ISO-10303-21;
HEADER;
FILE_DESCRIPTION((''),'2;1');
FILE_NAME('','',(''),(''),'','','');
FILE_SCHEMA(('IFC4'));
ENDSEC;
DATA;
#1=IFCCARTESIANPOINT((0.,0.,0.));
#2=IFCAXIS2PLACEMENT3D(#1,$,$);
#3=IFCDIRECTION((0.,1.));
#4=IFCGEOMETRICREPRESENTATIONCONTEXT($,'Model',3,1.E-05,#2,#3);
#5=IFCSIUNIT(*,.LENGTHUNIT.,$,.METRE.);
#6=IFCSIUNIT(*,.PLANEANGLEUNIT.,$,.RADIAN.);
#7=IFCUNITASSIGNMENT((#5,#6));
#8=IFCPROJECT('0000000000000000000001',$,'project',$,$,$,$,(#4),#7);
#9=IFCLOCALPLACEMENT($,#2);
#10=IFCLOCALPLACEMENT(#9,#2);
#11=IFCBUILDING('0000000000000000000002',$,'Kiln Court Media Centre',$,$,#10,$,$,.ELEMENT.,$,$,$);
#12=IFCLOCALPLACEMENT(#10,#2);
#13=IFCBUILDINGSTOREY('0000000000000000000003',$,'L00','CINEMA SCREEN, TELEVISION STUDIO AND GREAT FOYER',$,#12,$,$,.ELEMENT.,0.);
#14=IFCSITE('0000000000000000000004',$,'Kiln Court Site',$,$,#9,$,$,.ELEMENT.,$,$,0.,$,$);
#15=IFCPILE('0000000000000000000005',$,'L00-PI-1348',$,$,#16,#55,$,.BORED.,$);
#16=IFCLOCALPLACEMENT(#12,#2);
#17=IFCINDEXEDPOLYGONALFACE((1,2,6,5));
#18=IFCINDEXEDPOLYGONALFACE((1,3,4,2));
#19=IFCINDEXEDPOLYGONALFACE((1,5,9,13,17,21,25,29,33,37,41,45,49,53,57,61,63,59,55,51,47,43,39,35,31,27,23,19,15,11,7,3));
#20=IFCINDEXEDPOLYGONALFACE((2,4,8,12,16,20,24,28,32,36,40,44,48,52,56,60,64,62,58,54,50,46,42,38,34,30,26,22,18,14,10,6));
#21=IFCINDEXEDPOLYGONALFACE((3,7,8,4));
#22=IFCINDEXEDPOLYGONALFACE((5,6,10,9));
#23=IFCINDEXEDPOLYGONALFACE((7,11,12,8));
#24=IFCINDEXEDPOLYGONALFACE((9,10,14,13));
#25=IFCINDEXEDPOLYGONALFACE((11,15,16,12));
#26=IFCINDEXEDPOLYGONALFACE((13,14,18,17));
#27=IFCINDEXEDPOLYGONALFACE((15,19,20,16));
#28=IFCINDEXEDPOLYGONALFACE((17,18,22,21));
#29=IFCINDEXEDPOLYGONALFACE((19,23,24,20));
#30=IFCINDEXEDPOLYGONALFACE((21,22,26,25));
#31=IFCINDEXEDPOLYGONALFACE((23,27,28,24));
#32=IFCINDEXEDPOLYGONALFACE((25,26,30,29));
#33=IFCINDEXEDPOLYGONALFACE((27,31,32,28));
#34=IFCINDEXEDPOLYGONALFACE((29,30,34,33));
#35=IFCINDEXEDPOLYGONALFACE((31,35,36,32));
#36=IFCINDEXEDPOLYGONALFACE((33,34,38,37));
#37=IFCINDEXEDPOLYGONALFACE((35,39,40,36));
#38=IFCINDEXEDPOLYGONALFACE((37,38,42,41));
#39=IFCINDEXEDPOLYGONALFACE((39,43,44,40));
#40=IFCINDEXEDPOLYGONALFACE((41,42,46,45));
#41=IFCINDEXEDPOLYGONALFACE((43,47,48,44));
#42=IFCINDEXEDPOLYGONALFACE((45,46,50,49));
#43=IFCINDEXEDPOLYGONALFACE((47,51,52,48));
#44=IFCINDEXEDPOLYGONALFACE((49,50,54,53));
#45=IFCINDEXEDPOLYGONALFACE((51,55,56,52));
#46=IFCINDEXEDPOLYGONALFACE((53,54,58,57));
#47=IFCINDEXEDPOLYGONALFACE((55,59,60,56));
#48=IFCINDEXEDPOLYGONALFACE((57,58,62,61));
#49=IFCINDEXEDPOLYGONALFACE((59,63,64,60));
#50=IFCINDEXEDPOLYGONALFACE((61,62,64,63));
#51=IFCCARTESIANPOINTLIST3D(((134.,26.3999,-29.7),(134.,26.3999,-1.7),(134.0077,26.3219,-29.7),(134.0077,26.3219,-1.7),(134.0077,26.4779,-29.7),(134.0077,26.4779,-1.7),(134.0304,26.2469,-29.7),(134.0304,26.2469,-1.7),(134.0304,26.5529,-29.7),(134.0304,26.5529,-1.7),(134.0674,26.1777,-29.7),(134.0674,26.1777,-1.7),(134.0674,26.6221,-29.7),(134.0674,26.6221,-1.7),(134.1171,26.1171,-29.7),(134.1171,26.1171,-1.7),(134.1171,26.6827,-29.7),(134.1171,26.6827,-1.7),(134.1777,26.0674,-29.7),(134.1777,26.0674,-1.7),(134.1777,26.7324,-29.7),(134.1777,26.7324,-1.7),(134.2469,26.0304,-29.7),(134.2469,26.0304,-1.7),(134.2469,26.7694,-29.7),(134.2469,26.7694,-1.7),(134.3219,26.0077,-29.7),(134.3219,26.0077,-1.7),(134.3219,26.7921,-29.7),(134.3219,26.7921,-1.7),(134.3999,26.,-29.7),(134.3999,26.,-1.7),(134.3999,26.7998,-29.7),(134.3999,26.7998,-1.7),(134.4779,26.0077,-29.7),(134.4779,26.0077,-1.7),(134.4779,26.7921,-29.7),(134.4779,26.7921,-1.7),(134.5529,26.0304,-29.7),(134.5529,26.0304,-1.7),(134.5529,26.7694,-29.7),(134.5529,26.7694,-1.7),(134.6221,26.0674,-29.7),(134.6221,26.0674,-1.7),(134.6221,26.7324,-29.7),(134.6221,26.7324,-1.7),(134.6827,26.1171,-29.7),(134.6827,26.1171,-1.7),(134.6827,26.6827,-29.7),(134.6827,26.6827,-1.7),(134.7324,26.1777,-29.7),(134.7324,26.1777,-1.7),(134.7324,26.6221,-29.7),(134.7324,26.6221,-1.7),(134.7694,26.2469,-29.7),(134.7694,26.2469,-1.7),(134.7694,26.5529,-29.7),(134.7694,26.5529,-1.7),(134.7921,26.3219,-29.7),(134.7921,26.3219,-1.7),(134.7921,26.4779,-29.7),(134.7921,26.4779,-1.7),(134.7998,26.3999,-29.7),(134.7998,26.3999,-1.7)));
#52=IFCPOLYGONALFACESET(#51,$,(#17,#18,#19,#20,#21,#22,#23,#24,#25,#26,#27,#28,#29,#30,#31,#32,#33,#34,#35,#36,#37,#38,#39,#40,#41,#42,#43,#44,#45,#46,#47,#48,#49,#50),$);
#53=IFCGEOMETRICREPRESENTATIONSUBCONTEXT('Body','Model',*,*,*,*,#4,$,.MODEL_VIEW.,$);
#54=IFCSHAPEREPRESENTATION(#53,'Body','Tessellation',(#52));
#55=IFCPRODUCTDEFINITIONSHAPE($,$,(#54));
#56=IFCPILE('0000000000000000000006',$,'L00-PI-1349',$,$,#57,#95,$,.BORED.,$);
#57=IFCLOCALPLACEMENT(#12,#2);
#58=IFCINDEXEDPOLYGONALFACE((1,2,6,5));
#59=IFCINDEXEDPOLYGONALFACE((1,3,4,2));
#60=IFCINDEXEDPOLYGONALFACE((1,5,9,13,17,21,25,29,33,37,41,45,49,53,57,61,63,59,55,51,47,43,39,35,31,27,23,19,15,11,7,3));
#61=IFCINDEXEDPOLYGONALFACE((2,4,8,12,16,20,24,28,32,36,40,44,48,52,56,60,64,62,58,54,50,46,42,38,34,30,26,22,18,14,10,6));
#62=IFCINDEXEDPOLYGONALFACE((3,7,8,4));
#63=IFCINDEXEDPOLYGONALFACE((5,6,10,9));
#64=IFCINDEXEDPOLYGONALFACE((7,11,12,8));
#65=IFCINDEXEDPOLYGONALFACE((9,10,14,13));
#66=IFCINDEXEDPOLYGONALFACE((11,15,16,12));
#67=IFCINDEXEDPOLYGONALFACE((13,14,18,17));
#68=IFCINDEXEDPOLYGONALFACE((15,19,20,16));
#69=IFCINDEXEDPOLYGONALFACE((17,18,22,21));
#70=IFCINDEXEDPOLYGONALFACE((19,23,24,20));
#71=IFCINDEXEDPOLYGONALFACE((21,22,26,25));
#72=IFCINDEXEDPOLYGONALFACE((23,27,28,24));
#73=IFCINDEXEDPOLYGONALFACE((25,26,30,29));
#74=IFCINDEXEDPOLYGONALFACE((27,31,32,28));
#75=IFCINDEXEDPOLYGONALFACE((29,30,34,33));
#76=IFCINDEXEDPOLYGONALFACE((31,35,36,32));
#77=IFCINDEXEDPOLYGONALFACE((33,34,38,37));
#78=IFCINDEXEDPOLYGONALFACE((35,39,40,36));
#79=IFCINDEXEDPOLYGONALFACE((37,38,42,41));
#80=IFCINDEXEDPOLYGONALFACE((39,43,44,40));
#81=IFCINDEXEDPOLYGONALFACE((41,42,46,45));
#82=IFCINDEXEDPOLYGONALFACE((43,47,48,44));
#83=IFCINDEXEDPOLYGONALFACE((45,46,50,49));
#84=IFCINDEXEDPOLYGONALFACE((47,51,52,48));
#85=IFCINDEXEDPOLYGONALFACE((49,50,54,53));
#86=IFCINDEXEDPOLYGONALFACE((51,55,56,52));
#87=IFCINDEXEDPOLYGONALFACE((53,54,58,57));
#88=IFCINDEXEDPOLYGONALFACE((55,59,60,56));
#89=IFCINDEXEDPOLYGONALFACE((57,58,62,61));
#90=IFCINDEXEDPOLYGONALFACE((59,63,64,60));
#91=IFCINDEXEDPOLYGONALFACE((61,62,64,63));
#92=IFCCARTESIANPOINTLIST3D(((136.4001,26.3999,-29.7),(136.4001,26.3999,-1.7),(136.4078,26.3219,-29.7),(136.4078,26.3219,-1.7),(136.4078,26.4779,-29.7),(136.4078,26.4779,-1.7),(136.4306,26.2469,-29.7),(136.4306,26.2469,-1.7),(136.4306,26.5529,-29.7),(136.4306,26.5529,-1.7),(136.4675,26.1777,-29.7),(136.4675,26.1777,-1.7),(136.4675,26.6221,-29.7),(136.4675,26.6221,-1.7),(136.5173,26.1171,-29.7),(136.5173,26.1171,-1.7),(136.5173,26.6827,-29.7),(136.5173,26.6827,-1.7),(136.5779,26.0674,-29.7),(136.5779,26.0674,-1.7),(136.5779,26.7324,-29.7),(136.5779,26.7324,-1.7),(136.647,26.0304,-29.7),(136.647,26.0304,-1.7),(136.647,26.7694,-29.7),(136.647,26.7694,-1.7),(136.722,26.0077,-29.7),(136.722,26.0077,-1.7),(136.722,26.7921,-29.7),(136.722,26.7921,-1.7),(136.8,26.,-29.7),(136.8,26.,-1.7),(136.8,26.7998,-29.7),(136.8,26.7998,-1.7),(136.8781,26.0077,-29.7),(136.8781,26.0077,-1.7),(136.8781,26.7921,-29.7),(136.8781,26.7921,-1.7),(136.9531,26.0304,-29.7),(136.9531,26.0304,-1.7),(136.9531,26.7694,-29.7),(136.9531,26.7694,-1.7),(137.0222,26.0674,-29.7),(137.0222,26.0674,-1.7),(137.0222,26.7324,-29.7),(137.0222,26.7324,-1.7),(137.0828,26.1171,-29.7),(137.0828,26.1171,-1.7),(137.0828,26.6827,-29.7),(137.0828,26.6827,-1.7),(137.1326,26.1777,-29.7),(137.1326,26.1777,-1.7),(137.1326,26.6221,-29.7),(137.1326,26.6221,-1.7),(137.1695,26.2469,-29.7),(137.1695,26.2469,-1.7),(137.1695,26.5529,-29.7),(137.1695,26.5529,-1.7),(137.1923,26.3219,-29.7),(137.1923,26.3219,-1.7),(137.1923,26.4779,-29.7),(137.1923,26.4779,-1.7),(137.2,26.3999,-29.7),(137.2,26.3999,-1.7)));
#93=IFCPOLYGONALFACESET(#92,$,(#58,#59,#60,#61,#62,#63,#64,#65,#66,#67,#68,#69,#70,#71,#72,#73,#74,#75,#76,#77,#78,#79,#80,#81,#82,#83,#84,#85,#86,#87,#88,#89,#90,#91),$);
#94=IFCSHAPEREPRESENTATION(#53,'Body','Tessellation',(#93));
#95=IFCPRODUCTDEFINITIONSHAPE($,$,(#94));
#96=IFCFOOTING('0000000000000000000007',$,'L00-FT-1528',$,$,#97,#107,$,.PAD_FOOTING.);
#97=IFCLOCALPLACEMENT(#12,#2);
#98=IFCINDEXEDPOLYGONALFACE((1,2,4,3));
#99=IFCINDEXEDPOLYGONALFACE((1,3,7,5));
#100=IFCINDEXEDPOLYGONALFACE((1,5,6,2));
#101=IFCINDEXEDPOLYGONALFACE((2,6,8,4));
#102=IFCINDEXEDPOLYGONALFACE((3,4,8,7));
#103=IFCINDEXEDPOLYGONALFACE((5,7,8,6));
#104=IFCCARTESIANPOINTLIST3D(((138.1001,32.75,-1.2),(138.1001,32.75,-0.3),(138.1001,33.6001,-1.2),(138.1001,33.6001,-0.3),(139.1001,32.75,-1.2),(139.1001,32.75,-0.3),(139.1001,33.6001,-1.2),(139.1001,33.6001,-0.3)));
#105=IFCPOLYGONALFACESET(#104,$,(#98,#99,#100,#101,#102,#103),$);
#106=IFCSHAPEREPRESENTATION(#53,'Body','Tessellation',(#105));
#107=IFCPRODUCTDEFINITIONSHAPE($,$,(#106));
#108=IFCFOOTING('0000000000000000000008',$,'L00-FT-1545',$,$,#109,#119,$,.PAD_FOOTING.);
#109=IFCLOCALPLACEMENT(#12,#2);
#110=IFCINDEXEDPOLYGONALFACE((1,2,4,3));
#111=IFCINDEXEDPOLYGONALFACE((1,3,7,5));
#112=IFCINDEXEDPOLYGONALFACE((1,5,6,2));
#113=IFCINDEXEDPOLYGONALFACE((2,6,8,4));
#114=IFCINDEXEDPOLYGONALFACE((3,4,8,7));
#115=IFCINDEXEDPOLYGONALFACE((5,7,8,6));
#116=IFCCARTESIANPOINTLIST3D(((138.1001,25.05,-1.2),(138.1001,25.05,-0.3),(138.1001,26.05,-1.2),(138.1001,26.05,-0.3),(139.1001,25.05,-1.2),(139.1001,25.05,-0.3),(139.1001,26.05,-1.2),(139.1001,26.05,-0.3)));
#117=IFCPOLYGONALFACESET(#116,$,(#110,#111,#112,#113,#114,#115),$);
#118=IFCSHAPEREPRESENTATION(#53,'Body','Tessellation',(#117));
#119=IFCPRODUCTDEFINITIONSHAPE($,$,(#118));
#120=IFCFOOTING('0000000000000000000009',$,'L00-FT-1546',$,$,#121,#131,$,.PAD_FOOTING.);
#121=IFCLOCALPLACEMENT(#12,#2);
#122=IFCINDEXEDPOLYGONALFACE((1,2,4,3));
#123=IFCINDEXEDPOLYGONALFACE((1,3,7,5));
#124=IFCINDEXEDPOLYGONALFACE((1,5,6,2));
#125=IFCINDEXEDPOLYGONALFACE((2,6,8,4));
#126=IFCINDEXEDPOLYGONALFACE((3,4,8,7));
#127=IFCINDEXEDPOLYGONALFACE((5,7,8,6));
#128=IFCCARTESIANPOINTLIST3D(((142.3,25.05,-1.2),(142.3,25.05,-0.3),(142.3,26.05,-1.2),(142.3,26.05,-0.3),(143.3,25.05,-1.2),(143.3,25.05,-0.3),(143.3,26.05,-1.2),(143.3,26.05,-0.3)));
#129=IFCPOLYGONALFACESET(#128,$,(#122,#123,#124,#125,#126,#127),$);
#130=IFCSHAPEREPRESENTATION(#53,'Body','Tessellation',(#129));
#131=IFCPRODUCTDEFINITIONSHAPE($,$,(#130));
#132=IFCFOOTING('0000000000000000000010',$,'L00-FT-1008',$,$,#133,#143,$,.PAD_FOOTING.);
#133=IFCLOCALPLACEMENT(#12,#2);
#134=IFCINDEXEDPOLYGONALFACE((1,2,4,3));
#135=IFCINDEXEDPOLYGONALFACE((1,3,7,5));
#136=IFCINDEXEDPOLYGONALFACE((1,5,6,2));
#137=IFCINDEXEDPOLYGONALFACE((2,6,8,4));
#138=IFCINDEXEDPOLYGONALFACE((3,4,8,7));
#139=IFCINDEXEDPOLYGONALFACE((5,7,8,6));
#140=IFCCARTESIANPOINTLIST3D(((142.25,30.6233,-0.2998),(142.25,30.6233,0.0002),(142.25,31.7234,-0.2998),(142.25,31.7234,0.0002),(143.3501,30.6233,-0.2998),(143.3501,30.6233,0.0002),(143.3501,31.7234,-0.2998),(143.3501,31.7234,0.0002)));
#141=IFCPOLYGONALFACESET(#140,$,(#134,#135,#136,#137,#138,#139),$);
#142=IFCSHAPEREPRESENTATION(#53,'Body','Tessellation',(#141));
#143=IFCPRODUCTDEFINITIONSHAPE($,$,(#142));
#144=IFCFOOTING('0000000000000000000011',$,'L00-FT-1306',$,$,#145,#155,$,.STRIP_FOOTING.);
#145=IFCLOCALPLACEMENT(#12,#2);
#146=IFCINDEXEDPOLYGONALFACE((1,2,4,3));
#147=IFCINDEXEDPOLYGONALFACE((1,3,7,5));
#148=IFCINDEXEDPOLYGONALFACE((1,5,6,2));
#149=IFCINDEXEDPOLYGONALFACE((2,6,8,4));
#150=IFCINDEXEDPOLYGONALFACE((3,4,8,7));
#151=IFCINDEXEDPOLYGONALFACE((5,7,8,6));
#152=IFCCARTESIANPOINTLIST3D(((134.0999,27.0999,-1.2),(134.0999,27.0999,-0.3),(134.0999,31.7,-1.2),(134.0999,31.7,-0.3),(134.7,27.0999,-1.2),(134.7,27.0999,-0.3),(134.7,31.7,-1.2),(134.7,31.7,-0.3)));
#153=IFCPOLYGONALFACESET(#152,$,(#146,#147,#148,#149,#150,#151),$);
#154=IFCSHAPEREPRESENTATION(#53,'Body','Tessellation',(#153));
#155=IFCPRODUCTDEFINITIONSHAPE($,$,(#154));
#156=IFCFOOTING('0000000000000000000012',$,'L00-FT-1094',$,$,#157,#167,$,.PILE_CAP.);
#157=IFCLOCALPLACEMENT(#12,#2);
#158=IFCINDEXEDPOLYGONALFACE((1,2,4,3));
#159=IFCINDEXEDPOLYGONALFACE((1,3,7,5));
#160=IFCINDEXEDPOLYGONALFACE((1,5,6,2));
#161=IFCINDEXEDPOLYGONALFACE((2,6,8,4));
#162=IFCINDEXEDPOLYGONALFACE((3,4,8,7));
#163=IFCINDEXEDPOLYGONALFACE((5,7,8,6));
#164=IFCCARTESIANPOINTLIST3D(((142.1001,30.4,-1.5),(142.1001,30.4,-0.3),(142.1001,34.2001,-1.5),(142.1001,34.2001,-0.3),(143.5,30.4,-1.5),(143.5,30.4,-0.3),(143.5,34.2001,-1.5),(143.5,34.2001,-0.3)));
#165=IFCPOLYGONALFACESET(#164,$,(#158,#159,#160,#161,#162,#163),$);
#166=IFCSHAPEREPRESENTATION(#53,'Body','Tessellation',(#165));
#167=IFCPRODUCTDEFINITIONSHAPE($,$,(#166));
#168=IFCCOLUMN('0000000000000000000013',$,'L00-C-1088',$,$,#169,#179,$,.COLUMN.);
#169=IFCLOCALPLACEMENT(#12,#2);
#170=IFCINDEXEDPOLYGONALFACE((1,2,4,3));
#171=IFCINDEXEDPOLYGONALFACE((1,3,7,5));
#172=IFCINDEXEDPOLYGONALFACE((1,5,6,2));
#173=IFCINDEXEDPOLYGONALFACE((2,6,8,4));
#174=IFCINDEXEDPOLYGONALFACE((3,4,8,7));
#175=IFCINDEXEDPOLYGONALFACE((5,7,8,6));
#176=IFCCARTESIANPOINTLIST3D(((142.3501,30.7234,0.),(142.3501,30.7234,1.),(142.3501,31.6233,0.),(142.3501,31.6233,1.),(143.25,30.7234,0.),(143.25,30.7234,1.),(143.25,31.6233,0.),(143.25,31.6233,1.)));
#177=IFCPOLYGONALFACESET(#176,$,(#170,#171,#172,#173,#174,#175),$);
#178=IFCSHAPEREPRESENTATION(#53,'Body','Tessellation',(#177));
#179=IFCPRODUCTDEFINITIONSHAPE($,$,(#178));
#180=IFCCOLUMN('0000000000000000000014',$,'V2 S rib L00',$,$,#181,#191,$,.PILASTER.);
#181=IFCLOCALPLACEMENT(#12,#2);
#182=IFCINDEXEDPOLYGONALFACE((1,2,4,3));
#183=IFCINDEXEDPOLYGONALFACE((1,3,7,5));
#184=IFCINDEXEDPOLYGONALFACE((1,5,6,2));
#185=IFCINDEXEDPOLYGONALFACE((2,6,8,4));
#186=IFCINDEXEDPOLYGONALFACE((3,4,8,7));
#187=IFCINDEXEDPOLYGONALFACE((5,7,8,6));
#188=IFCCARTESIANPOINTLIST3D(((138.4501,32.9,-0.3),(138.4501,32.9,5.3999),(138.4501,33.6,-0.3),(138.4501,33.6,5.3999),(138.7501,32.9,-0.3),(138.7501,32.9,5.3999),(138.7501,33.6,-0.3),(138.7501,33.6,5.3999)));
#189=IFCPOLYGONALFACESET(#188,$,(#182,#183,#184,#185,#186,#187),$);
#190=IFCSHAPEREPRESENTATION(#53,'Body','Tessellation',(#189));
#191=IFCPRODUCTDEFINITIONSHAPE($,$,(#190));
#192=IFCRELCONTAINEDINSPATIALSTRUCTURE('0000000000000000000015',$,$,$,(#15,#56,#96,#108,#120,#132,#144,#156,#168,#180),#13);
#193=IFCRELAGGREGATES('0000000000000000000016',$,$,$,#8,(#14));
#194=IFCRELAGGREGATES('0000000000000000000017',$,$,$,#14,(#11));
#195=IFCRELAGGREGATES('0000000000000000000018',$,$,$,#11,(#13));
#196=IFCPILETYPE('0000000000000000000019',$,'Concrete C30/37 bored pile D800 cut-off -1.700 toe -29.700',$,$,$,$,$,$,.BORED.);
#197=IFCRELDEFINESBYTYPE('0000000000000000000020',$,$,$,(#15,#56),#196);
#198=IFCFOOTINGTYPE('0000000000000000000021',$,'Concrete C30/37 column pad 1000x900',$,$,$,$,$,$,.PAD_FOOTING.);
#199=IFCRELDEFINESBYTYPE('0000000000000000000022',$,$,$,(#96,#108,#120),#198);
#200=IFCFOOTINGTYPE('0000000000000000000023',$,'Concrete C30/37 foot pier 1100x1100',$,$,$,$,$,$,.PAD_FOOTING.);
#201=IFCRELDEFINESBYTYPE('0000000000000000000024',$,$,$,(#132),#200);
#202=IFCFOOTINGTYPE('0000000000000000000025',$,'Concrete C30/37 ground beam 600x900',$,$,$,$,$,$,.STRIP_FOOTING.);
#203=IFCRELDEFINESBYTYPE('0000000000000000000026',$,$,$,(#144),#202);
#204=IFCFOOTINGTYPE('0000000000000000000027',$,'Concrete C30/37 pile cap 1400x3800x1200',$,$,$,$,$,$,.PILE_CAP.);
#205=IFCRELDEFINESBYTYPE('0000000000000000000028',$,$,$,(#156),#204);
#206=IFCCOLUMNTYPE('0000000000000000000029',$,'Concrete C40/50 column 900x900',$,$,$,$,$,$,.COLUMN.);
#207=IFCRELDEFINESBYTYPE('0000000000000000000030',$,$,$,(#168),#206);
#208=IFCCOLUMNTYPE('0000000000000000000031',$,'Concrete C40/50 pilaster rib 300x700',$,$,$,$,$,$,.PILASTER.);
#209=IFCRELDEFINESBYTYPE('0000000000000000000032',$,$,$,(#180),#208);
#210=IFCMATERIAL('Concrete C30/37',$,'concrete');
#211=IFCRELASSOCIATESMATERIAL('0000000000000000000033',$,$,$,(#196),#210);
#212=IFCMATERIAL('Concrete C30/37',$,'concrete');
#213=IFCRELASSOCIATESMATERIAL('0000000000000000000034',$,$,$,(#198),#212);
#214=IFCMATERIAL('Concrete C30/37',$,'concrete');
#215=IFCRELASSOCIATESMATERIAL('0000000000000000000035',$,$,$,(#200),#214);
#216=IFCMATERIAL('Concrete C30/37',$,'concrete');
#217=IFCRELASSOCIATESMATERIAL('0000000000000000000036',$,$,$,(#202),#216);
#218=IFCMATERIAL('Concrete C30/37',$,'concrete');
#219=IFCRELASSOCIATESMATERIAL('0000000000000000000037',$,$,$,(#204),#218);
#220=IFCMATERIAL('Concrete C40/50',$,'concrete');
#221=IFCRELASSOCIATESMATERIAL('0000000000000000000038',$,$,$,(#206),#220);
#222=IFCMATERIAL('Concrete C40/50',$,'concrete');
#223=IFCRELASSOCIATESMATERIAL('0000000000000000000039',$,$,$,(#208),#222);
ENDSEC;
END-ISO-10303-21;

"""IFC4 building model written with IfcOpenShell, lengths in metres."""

from ifc_helpers import new_model, si_unit, direction, frame, origin, origin_2d, place, context, subcontext, project, spatial, rectangle, circle, extrude, material, material_profile, profile_set, type_object, element, save


model = new_model("IFC4")

# Units and contexts
model_context = context("Model", 3, precision=1e-05, world=origin(), true_north=direction((0.0, 1.0)))
body_context = subcontext(model_context, "Body", "Model", "MODEL_VIEW")
ifc_project = project(units=[si_unit("LENGTHUNIT", "METRE"), si_unit("PLANEANGLEUNIT", "RADIAN")], contexts=[model_context])

# Site, building, storey
site_placement = place(None, origin())
site = spatial("IfcSite", under=ifc_project, at=site_placement, Name="Kiln Court Site", CompositionType="ELEMENT", RefElevation=0.0)
building_placement = place(site_placement, origin())
building = spatial("IfcBuilding", under=site, at=building_placement, Name="Kiln Court Media Centre", CompositionType="ELEMENT")
storey_placement = place(building_placement, origin())
storey = spatial("IfcBuildingStorey", under=building, at=storey_placement, Name="L00", Description="CINEMA SCREEN, TELEVISION STUDIO AND GREAT FOYER", CompositionType="ELEMENT", Elevation=0.0)

# Piles
ifc_material_1 = material(Name="Concrete C30/37", Category="concrete")
ifc_material_profile_1 = material_profile(ifc_material_1, circle(Radius=0.3999, at=origin_2d()), Name="PILE D800")
ifc_profile_set_1 = profile_set([ifc_material_profile_1], Name="Concrete C30/37")
pile_type_1 = type_object("IfcPileType", Name="Concrete C30/37 bored pile D800 cut-off -1.700 toe -29.700", PredefinedType="BORED", material=ifc_profile_set_1)
for number, where, z_axis, x_axis, name in (
    (1, (134.3999, 26.3999, -1.7), (0.0, 0.0, -1.0), (1.0, 0.0, 0.0), "L00-PI-1348"),
    (2, (136.8, 26.3999, -1.7), (0.0, 0.0, -1.0), (1.0, 0.0, 0.0), "L00-PI-1349"),
):
    element("IfcPile", number, at=place(storey_placement, frame(where, z_axis=z_axis, x_axis=x_axis)), inside=storey, type_object=pile_type_1, Name=name, PredefinedType="BORED", context=body_context, shape_type="SweptSolid", body=[
        extrude(circle(Radius=0.3999, at=origin_2d()), origin(), (0.0, 0.0, 1.0), 28.0),
    ])

# Footings
ifc_material_2 = material(Name="Concrete C30/37", Category="concrete")
footing_type_1 = type_object("IfcFootingType", Name="Concrete C30/37 column pad 1000x900", PredefinedType="PAD_FOOTING", material=ifc_material_2)
footing_1_placement = place(storey_placement, frame((138.6001, 33.175, -1.2), z_axis=(0.0, 0.0, 1.0), x_axis=(1.0, 0.0, 0.0)))
element("IfcFooting", 3, at=footing_1_placement, inside=storey, type_object=footing_type_1, Name="L00-FT-1528", PredefinedType="PAD_FOOTING", context=body_context, shape_type="SweptSolid", body=[
    extrude(rectangle(XDim=1.0, YDim=0.8501, at=origin_2d()), origin(), (0.0, 0.0, 1.0), 0.8999),
])
for number, where, z_axis, x_axis, name in (
    (4, (138.6001, 25.55, -1.2), (0.0, 0.0, 1.0), (1.0, 0.0, 0.0), "L00-FT-1545"),
    (5, (142.8, 25.55, -1.2), (0.0, 0.0, 1.0), (1.0, 0.0, 0.0), "L00-FT-1546"),
):
    element("IfcFooting", number, at=place(storey_placement, frame(where, z_axis=z_axis, x_axis=x_axis)), inside=storey, type_object=footing_type_1, Name=name, PredefinedType="PAD_FOOTING", context=body_context, shape_type="SweptSolid", body=[
        extrude(rectangle(XDim=1.0, YDim=1.0, at=origin_2d()), origin(), (0.0, 0.0, 1.0), 0.8999),
    ])
ifc_material_3 = material(Name="Concrete C30/37", Category="concrete")
footing_type_2 = type_object("IfcFootingType", Name="Concrete C30/37 foot pier 1100x1100", PredefinedType="PAD_FOOTING", material=ifc_material_3)
footing_2_placement = place(storey_placement, frame((142.8, 31.1733, -0.2998), z_axis=(0.0, 0.0, 1.0), x_axis=(1.0, 0.0, 0.0)))
element("IfcFooting", 6, at=footing_2_placement, inside=storey, type_object=footing_type_2, Name="L00-FT-1008", PredefinedType="PAD_FOOTING", context=body_context, shape_type="SweptSolid", body=[
    extrude(rectangle(XDim=1.1001, YDim=1.1001, at=origin_2d()), origin(), (0.0, 0.0, 1.0), 0.3),
])
ifc_material_4 = material(Name="Concrete C30/37", Category="concrete")
footing_type_3 = type_object("IfcFootingType", Name="Concrete C30/37 ground beam 600x900", PredefinedType="STRIP_FOOTING", material=ifc_material_4)
footing_3_placement = place(storey_placement, frame((134.3999, 29.3999, -1.2), z_axis=(0.0, 0.0, 1.0), x_axis=(1.0, 0.0, 0.0)))
element("IfcFooting", 7, at=footing_3_placement, inside=storey, type_object=footing_type_3, Name="L00-FT-1306", PredefinedType="STRIP_FOOTING", context=body_context, shape_type="SweptSolid", body=[
    extrude(rectangle(XDim=0.6001, YDim=4.6001, at=origin_2d()), origin(), (0.0, 0.0, 1.0), 0.8999),
])
ifc_material_5 = material(Name="Concrete C30/37", Category="concrete")
footing_type_4 = type_object("IfcFootingType", Name="Concrete C30/37 pile cap 1400x3800x1200", PredefinedType="PILE_CAP", material=ifc_material_5)
footing_4_placement = place(storey_placement, frame((142.8, 32.3, -1.5), z_axis=(0.0, 0.0, 1.0), x_axis=(1.0, 0.0, 0.0)))
element("IfcFooting", 8, at=footing_4_placement, inside=storey, type_object=footing_type_4, Name="L00-FT-1094", PredefinedType="PILE_CAP", context=body_context, shape_type="SweptSolid", body=[
    extrude(rectangle(XDim=1.3999, YDim=3.8, at=origin_2d()), origin(), (0.0, 0.0, 1.0), 1.2),
])

# Columns
ifc_material_6 = material(Name="Concrete C40/50", Category="concrete")
ifc_material_profile_2 = material_profile(ifc_material_6, rectangle(XDim=0.8999, YDim=0.8999, at=origin_2d()), Name="RC 900x900")
ifc_profile_set_2 = profile_set([ifc_material_profile_2], Name="Concrete C40/50")
column_type_1 = type_object("IfcColumnType", Name="Concrete C40/50 column 900x900", PredefinedType="COLUMN", material=ifc_profile_set_2)
column_placement = place(storey_placement, frame((142.8, 31.1733, 0.0), z_axis=(0.0, 0.0, 1.0), x_axis=(1.0, 0.0, 0.0)))
element("IfcColumn", 9, at=column_placement, inside=storey, type_object=column_type_1, Name="L00-C-1088", PredefinedType="COLUMN", context=body_context, shape_type="SweptSolid", body=[
    extrude(rectangle(XDim=0.8999, YDim=0.8999, at=origin_2d()), origin(), (0.0, 0.0, 1.0), 1.0),
])
ifc_material_7 = material(Name="Concrete C40/50", Category="concrete")
ifc_material_profile_3 = material_profile(ifc_material_7, rectangle(XDim=0.3, YDim=0.7, at=origin_2d()), Name="RC 300x700")
ifc_profile_set_3 = profile_set([ifc_material_profile_3], Name="Concrete C40/50")
column_type_2 = type_object("IfcColumnType", Name="Concrete C40/50 pilaster rib 300x700", PredefinedType="PILASTER", material=ifc_profile_set_3)
for number, where, z_axis, x_axis, name in (
    (10, (138.6001, 33.25, -0.3), (0.0, 0.0, 1.0), (1.0, 0.0, 0.0), "V2 S rib L00"),
):
    element("IfcColumn", number, at=place(storey_placement, frame(where, z_axis=z_axis, x_axis=x_axis)), inside=storey, type_object=column_type_2, Name=name, PredefinedType="PILASTER", context=body_context, shape_type="SweptSolid", body=[
        extrude(rectangle(XDim=0.3, YDim=0.7, at=origin_2d()), origin(), (0.0, 0.0, 1.0), 5.7),
    ])

save(model, "model.ifc")
